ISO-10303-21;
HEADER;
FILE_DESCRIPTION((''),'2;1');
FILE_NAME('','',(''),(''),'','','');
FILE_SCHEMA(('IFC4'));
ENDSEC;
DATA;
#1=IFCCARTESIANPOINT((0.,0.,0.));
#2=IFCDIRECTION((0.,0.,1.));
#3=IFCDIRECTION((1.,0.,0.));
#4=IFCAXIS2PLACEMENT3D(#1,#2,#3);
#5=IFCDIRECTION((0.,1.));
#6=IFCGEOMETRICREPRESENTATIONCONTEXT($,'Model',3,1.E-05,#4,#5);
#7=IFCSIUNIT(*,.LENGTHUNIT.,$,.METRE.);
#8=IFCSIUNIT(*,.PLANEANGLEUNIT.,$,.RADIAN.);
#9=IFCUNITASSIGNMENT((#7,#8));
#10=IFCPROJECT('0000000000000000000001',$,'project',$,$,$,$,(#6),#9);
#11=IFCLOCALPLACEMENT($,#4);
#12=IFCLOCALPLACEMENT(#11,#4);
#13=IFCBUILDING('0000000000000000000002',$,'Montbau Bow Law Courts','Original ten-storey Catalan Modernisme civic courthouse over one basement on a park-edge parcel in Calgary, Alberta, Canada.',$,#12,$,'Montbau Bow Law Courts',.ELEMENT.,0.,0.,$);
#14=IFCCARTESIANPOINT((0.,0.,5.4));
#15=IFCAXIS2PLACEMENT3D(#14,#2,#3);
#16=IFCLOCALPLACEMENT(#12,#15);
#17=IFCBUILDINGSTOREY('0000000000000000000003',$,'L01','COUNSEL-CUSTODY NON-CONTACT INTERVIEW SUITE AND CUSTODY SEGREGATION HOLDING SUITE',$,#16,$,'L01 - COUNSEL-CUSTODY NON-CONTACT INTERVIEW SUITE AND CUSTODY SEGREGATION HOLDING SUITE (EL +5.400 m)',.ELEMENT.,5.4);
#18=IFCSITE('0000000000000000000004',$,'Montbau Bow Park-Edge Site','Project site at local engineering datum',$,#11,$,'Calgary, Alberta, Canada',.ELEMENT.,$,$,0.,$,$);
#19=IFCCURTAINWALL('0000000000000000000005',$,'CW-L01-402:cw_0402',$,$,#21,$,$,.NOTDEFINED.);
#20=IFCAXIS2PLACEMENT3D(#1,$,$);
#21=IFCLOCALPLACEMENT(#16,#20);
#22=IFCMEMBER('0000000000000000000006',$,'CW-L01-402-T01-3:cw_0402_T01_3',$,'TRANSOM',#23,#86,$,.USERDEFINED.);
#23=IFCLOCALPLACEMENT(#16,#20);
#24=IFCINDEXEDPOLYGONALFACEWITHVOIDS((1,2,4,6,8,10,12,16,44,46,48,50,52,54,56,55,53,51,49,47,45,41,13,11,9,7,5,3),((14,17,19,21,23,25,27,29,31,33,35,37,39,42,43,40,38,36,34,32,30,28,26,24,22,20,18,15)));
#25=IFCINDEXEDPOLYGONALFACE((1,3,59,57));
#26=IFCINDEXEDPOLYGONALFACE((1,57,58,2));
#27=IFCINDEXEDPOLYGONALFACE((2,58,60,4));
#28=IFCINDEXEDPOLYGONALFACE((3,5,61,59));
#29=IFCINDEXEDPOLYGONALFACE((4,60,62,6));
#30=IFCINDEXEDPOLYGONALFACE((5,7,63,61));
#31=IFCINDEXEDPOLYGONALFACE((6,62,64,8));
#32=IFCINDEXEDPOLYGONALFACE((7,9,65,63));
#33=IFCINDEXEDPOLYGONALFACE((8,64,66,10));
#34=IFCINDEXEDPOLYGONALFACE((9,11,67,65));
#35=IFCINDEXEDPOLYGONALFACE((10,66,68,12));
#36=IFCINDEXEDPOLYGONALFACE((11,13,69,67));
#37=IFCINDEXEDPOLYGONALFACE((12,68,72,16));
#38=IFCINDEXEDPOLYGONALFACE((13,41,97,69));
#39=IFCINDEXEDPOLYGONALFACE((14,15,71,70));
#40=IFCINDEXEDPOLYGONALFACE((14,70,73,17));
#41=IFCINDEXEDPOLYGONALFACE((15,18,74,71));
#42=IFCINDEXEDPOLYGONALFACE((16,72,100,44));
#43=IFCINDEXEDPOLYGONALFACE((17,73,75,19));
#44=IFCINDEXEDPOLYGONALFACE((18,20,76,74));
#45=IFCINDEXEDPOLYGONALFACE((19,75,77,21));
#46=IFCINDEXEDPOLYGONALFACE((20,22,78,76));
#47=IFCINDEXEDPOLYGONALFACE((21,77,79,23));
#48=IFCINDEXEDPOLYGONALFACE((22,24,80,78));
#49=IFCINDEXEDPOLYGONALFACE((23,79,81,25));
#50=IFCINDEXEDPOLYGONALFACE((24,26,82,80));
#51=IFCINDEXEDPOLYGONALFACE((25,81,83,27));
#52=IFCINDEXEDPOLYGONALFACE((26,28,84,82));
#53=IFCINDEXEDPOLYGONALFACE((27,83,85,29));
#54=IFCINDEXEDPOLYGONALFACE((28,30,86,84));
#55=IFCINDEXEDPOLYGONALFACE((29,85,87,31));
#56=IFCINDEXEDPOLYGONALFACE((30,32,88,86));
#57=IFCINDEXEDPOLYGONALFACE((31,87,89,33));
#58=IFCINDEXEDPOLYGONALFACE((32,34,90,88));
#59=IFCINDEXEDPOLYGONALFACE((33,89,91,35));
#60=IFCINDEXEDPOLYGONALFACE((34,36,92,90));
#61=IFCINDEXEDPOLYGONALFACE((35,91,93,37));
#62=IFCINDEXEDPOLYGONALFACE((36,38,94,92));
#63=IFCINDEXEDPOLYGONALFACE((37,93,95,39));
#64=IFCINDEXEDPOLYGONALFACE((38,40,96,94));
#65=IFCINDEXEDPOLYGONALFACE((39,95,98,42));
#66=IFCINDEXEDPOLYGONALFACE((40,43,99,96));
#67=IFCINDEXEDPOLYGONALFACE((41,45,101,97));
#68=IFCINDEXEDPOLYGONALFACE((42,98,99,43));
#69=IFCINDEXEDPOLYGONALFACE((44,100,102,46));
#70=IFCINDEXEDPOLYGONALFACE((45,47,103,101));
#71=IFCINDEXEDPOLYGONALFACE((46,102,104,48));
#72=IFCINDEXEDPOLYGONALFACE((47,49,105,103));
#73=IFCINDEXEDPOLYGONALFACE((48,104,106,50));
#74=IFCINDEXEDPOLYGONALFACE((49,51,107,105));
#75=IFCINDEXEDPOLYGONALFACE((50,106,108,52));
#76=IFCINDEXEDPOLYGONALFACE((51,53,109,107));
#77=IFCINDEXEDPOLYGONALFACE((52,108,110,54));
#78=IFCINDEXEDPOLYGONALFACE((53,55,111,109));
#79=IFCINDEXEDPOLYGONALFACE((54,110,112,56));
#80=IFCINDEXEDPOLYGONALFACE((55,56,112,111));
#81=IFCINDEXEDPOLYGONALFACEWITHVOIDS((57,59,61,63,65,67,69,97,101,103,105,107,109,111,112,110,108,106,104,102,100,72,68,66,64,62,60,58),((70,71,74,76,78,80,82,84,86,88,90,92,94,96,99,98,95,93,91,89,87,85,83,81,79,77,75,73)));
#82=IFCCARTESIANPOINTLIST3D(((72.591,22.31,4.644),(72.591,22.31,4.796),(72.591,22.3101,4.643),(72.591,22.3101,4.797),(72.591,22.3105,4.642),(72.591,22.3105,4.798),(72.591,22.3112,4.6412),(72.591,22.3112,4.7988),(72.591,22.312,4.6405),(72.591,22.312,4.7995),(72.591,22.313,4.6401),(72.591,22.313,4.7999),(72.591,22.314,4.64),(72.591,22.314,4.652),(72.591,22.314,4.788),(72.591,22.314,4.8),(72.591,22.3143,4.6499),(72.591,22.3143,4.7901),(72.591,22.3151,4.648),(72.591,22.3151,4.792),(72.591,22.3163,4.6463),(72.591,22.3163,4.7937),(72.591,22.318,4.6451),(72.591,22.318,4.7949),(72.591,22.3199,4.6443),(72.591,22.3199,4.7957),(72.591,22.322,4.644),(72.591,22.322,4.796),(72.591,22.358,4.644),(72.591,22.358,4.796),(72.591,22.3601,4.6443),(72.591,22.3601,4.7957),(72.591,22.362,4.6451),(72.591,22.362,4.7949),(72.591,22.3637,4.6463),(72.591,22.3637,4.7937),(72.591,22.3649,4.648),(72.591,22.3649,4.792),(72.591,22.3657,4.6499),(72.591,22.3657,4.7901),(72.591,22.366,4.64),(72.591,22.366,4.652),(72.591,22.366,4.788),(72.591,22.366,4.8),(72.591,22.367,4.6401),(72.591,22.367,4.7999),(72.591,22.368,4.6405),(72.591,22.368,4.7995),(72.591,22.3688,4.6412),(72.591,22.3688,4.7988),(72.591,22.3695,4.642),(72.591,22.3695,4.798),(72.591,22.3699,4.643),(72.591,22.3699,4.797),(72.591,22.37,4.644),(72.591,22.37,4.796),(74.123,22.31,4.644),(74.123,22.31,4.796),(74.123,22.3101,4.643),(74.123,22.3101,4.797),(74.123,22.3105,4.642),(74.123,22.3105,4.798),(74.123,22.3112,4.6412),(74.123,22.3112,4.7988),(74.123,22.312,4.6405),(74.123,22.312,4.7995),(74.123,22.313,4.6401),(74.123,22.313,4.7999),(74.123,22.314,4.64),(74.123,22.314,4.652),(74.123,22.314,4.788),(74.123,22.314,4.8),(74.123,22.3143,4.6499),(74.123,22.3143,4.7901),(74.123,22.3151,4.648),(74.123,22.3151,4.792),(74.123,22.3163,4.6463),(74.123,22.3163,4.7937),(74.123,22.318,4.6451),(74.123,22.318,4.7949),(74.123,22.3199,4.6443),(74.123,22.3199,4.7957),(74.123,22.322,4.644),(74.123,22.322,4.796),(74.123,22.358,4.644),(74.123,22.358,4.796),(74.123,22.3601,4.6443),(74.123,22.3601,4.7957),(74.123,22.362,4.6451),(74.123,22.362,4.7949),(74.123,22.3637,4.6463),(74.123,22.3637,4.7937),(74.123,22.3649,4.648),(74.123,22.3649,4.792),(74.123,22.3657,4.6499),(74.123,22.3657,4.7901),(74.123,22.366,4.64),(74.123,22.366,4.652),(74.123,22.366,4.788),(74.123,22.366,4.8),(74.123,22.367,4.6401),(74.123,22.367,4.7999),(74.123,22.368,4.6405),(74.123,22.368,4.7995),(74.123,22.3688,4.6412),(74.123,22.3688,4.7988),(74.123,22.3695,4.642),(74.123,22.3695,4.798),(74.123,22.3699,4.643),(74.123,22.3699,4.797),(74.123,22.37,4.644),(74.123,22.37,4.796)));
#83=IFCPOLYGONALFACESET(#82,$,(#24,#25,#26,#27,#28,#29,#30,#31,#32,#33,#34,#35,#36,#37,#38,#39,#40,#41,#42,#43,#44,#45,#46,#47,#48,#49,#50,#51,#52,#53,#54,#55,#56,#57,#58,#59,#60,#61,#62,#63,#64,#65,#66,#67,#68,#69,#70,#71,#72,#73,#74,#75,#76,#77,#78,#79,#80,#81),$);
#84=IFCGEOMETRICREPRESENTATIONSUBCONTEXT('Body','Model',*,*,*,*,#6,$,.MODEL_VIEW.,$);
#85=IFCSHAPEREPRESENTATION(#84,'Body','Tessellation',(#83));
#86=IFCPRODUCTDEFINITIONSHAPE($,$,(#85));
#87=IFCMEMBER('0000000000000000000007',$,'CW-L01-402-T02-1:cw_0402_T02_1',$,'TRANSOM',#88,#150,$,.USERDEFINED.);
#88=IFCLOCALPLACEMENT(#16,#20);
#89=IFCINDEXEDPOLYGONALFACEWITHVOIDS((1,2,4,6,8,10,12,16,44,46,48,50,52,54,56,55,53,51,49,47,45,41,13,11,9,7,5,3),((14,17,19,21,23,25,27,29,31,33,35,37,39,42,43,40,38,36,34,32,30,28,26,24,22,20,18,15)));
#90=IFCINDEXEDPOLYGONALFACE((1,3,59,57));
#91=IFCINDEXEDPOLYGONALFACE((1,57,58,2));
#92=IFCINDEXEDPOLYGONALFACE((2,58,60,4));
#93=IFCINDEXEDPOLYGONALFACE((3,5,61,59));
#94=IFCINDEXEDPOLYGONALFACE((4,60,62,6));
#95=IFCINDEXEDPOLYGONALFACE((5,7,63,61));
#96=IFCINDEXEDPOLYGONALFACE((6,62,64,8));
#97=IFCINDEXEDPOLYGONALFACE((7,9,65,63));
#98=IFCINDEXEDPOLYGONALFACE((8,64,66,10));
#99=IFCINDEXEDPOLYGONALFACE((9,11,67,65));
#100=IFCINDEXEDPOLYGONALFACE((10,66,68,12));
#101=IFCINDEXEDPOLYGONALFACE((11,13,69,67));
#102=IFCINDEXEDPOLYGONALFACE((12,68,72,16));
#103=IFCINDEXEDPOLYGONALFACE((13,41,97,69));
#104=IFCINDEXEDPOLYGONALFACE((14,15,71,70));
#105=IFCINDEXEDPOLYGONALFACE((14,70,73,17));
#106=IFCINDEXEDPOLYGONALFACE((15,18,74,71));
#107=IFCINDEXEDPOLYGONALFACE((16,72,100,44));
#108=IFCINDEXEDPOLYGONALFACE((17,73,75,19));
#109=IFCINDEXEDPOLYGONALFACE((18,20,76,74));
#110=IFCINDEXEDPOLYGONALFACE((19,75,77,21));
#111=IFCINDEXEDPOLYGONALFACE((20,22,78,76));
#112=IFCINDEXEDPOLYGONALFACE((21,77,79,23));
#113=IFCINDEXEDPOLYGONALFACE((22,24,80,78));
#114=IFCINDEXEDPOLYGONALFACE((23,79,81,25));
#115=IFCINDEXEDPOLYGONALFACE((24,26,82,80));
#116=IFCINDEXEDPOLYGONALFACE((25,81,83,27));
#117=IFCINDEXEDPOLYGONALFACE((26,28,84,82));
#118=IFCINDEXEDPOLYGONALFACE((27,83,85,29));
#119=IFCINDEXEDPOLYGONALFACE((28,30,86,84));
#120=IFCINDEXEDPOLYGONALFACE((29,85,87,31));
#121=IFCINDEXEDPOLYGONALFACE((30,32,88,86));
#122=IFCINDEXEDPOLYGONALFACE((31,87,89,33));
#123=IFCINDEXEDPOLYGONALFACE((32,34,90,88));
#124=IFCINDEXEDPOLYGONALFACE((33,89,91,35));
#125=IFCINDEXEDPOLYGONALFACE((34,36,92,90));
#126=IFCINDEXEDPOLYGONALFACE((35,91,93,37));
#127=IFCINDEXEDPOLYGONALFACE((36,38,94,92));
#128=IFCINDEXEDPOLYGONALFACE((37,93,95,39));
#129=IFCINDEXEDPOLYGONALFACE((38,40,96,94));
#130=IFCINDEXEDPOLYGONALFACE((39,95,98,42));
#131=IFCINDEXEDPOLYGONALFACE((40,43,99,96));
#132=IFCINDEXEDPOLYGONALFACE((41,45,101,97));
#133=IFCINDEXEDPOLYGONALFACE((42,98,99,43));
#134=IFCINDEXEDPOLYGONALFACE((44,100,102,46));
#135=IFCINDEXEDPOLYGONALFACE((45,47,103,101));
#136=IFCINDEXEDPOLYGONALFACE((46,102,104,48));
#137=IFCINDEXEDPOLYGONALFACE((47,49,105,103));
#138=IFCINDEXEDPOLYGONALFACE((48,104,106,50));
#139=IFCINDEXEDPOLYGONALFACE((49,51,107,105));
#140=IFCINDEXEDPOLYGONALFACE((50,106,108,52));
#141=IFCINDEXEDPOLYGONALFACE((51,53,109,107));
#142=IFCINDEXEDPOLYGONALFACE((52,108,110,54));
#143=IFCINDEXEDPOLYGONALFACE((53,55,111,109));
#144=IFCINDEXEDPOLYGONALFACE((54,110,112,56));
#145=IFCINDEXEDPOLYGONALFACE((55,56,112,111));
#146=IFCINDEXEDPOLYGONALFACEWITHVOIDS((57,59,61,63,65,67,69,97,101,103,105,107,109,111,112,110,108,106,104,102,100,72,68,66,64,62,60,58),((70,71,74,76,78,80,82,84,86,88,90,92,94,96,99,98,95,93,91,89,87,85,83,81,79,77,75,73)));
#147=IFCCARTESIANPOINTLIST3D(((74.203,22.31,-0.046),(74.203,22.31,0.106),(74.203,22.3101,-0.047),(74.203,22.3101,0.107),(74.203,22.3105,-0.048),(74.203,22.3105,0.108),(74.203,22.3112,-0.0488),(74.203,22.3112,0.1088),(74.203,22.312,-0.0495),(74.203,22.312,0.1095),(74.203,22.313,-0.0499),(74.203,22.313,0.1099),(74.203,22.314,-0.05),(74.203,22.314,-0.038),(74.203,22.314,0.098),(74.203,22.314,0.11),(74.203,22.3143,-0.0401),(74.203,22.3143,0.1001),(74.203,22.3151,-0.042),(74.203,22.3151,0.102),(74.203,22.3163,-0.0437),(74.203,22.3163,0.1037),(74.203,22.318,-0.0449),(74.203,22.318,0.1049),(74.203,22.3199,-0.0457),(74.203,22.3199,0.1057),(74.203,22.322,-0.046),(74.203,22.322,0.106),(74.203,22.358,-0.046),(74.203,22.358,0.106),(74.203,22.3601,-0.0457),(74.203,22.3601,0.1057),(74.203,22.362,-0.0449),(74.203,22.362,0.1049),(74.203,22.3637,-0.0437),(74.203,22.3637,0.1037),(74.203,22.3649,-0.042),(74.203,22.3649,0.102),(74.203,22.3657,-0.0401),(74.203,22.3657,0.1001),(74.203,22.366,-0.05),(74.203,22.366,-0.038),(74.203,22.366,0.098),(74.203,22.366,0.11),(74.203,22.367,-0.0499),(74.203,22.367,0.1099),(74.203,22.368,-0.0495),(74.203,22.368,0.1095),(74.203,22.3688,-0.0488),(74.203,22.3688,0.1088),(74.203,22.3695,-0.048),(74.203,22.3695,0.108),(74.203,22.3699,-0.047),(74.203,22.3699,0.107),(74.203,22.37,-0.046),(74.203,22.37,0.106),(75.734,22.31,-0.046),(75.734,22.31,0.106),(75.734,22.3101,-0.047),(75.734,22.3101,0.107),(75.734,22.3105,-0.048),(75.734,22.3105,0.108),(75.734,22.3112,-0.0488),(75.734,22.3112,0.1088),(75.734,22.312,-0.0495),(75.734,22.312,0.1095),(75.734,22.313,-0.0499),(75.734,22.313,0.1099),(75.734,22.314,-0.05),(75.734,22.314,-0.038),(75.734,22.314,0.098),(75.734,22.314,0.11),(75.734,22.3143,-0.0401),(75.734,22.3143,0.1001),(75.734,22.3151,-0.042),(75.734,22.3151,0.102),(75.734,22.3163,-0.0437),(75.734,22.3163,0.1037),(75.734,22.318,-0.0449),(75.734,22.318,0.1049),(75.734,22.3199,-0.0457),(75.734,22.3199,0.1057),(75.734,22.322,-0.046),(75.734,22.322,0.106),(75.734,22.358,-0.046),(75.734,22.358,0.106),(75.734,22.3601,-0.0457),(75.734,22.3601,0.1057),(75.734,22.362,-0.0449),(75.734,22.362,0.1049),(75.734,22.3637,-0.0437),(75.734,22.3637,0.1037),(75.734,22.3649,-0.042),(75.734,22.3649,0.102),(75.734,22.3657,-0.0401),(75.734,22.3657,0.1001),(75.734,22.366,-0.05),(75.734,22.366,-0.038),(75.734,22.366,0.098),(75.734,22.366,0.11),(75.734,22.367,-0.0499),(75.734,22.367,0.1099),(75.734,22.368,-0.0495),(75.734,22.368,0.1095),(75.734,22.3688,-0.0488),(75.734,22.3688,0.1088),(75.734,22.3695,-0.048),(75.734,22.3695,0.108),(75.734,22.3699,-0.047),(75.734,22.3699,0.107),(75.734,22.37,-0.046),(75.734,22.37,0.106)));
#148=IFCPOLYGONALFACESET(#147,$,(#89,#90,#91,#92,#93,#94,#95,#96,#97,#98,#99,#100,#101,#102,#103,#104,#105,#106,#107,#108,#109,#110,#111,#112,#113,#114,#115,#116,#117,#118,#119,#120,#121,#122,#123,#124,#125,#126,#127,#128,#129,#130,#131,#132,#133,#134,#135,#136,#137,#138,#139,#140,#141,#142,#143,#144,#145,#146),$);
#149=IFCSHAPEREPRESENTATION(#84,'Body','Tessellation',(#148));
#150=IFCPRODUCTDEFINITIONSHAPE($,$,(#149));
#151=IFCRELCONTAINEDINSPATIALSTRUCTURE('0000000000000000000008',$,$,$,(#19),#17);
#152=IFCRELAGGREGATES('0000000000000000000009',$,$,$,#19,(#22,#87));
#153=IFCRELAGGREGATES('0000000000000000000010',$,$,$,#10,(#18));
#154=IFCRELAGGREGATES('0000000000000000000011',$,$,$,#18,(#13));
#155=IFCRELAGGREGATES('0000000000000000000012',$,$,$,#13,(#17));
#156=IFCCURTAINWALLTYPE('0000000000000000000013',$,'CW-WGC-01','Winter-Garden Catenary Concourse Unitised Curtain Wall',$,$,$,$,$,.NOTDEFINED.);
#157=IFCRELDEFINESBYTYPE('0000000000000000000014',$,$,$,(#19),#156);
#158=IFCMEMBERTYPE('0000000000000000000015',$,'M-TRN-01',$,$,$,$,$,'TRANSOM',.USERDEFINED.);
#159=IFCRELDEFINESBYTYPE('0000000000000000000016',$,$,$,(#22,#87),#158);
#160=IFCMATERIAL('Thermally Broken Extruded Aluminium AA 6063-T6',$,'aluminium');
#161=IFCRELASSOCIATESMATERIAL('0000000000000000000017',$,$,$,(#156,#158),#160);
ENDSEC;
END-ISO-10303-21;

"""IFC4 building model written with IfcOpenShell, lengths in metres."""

from ifc_helpers import new_model, si_unit, direction, frame, origin_with_axes, origin_2d_with_axis, place, context, subcontext, project, spatial, hollow_rectangle, extrude, material, material_profile, profile_set, type_object, element, aggregate, save


model = new_model("IFC4")

# Units and contexts
model_context = context("Model", 3, precision=1e-05, world=origin_with_axes(), true_north=direction((0.0, 1.0)))
body_context = subcontext(model_context, "Body", "Model", "MODEL_VIEW")
ifc_project = project(units=[si_unit("LENGTHUNIT", "METRE"), si_unit("PLANEANGLEUNIT", "RADIAN")], contexts=[model_context])

# Site, building, storey
site_placement = place(None, origin_with_axes())
site = spatial("IfcSite", under=ifc_project, at=site_placement, Name="Montbau Bow Park-Edge Site", Description="Project site at local engineering datum", LongName="Calgary, Alberta, Canada", CompositionType="ELEMENT", RefElevation=0.0)
building_placement = place(site_placement, origin_with_axes())
building = spatial("IfcBuilding", under=site, at=building_placement, Name="Montbau Bow Law Courts", Description="Original ten-storey Catalan Modernisme civic courthouse over one basement on a park-edge parcel in Calgary, Alberta, Canada.", LongName="Montbau Bow Law Courts", CompositionType="ELEMENT", ElevationOfRefHeight=0.0, ElevationOfTerrain=0.0)
storey_placement = place(building_placement, frame((0.0, 0.0, 5.4), z_axis=(0.0, 0.0, 1.0), x_axis=(1.0, 0.0, 0.0)))
storey = spatial("IfcBuildingStorey", under=building, at=storey_placement, Name="L01", Description="COUNSEL-CUSTODY NON-CONTACT INTERVIEW SUITE AND CUSTODY SEGREGATION HOLDING SUITE", LongName="L01 - COUNSEL-CUSTODY NON-CONTACT INTERVIEW SUITE AND CUSTODY SEGREGATION HOLDING SUITE (EL +5.400 m)", CompositionType="ELEMENT", Elevation=5.4)

# Curtain wall
ifc_material_1 = material(Name="Thermally Broken Extruded Aluminium AA 6063-T6", Category="aluminium")
curtain_wall_type = type_object("IfcCurtainWallType", Name="CW-WGC-01", Description="Winter-Garden Catenary Concourse Unitised Curtain Wall", PredefinedType="NOTDEFINED", material=ifc_material_1)
curtain_wall_1_placement = place(None, frame((72.515, 22.34, 5.4), z_axis=(0.0, 0.0, 1.0), x_axis=(1.0, 0.0, 0.0)))
curtain_wall_1 = element("IfcCurtainWall", 1, at=curtain_wall_1_placement, inside=storey, type_object=curtain_wall_type, Name="CW-L01-402:cw_0402", PredefinedType="NOTDEFINED")

# Members
ifc_material_profile_1 = material_profile(ifc_material_1, hollow_rectangle(XDim=0.06, YDim=0.16, WallThickness=0.004, InnerFilletRadius=0.008, OuterFilletRadius=0.004, at=origin_2d_with_axis()), Name="CWT-160X60", Category="Main", Priority=0)
ifc_profile_set_1 = profile_set([ifc_material_profile_1], Name="Thermally Broken Extruded Aluminium AA 6063-T6")
member_type_1 = type_object("IfcMemberType", Name="M-TRN-01", ElementType="TRANSOM", PredefinedType="USERDEFINED", material=ifc_profile_set_1)
member_1_placement = place(None, frame((72.591, 22.34, 10.12), z_axis=(1.0, 0.0, 0.0), x_axis=(0.0, 1.0, 0.0)))
member_1 = element("IfcMember", 2, at=member_1_placement, type_object=member_type_1, Name="CW-L01-402-T01-3:cw_0402_T01_3", ObjectType="TRANSOM", PredefinedType="USERDEFINED", context=body_context, shape_type="SweptSolid", body=[
    extrude(hollow_rectangle(XDim=0.06, YDim=0.16, WallThickness=0.004, InnerFilletRadius=0.008, OuterFilletRadius=0.004, at=origin_2d_with_axis()), origin_with_axes(), (0.0, 0.0, 1.0), 1.532),
])
member_2_placement = place(None, frame((74.203, 22.34, 5.43), z_axis=(1.0, 0.0, 0.0), x_axis=(0.0, 1.0, 0.0)))
member_2 = element("IfcMember", 3, at=member_2_placement, type_object=member_type_1, Name="CW-L01-402-T02-1:cw_0402_T02_1", ObjectType="TRANSOM", PredefinedType="USERDEFINED", context=body_context, shape_type="SweptSolid", body=[
    extrude(hollow_rectangle(XDim=0.06, YDim=0.16, WallThickness=0.004, InnerFilletRadius=0.008, OuterFilletRadius=0.004, at=origin_2d_with_axis()), origin_with_axes(), (0.0, 0.0, 1.0), 1.531),
])

aggregate(curtain_wall_1, [member_1, member_2])

save(model, "model.ifc")
